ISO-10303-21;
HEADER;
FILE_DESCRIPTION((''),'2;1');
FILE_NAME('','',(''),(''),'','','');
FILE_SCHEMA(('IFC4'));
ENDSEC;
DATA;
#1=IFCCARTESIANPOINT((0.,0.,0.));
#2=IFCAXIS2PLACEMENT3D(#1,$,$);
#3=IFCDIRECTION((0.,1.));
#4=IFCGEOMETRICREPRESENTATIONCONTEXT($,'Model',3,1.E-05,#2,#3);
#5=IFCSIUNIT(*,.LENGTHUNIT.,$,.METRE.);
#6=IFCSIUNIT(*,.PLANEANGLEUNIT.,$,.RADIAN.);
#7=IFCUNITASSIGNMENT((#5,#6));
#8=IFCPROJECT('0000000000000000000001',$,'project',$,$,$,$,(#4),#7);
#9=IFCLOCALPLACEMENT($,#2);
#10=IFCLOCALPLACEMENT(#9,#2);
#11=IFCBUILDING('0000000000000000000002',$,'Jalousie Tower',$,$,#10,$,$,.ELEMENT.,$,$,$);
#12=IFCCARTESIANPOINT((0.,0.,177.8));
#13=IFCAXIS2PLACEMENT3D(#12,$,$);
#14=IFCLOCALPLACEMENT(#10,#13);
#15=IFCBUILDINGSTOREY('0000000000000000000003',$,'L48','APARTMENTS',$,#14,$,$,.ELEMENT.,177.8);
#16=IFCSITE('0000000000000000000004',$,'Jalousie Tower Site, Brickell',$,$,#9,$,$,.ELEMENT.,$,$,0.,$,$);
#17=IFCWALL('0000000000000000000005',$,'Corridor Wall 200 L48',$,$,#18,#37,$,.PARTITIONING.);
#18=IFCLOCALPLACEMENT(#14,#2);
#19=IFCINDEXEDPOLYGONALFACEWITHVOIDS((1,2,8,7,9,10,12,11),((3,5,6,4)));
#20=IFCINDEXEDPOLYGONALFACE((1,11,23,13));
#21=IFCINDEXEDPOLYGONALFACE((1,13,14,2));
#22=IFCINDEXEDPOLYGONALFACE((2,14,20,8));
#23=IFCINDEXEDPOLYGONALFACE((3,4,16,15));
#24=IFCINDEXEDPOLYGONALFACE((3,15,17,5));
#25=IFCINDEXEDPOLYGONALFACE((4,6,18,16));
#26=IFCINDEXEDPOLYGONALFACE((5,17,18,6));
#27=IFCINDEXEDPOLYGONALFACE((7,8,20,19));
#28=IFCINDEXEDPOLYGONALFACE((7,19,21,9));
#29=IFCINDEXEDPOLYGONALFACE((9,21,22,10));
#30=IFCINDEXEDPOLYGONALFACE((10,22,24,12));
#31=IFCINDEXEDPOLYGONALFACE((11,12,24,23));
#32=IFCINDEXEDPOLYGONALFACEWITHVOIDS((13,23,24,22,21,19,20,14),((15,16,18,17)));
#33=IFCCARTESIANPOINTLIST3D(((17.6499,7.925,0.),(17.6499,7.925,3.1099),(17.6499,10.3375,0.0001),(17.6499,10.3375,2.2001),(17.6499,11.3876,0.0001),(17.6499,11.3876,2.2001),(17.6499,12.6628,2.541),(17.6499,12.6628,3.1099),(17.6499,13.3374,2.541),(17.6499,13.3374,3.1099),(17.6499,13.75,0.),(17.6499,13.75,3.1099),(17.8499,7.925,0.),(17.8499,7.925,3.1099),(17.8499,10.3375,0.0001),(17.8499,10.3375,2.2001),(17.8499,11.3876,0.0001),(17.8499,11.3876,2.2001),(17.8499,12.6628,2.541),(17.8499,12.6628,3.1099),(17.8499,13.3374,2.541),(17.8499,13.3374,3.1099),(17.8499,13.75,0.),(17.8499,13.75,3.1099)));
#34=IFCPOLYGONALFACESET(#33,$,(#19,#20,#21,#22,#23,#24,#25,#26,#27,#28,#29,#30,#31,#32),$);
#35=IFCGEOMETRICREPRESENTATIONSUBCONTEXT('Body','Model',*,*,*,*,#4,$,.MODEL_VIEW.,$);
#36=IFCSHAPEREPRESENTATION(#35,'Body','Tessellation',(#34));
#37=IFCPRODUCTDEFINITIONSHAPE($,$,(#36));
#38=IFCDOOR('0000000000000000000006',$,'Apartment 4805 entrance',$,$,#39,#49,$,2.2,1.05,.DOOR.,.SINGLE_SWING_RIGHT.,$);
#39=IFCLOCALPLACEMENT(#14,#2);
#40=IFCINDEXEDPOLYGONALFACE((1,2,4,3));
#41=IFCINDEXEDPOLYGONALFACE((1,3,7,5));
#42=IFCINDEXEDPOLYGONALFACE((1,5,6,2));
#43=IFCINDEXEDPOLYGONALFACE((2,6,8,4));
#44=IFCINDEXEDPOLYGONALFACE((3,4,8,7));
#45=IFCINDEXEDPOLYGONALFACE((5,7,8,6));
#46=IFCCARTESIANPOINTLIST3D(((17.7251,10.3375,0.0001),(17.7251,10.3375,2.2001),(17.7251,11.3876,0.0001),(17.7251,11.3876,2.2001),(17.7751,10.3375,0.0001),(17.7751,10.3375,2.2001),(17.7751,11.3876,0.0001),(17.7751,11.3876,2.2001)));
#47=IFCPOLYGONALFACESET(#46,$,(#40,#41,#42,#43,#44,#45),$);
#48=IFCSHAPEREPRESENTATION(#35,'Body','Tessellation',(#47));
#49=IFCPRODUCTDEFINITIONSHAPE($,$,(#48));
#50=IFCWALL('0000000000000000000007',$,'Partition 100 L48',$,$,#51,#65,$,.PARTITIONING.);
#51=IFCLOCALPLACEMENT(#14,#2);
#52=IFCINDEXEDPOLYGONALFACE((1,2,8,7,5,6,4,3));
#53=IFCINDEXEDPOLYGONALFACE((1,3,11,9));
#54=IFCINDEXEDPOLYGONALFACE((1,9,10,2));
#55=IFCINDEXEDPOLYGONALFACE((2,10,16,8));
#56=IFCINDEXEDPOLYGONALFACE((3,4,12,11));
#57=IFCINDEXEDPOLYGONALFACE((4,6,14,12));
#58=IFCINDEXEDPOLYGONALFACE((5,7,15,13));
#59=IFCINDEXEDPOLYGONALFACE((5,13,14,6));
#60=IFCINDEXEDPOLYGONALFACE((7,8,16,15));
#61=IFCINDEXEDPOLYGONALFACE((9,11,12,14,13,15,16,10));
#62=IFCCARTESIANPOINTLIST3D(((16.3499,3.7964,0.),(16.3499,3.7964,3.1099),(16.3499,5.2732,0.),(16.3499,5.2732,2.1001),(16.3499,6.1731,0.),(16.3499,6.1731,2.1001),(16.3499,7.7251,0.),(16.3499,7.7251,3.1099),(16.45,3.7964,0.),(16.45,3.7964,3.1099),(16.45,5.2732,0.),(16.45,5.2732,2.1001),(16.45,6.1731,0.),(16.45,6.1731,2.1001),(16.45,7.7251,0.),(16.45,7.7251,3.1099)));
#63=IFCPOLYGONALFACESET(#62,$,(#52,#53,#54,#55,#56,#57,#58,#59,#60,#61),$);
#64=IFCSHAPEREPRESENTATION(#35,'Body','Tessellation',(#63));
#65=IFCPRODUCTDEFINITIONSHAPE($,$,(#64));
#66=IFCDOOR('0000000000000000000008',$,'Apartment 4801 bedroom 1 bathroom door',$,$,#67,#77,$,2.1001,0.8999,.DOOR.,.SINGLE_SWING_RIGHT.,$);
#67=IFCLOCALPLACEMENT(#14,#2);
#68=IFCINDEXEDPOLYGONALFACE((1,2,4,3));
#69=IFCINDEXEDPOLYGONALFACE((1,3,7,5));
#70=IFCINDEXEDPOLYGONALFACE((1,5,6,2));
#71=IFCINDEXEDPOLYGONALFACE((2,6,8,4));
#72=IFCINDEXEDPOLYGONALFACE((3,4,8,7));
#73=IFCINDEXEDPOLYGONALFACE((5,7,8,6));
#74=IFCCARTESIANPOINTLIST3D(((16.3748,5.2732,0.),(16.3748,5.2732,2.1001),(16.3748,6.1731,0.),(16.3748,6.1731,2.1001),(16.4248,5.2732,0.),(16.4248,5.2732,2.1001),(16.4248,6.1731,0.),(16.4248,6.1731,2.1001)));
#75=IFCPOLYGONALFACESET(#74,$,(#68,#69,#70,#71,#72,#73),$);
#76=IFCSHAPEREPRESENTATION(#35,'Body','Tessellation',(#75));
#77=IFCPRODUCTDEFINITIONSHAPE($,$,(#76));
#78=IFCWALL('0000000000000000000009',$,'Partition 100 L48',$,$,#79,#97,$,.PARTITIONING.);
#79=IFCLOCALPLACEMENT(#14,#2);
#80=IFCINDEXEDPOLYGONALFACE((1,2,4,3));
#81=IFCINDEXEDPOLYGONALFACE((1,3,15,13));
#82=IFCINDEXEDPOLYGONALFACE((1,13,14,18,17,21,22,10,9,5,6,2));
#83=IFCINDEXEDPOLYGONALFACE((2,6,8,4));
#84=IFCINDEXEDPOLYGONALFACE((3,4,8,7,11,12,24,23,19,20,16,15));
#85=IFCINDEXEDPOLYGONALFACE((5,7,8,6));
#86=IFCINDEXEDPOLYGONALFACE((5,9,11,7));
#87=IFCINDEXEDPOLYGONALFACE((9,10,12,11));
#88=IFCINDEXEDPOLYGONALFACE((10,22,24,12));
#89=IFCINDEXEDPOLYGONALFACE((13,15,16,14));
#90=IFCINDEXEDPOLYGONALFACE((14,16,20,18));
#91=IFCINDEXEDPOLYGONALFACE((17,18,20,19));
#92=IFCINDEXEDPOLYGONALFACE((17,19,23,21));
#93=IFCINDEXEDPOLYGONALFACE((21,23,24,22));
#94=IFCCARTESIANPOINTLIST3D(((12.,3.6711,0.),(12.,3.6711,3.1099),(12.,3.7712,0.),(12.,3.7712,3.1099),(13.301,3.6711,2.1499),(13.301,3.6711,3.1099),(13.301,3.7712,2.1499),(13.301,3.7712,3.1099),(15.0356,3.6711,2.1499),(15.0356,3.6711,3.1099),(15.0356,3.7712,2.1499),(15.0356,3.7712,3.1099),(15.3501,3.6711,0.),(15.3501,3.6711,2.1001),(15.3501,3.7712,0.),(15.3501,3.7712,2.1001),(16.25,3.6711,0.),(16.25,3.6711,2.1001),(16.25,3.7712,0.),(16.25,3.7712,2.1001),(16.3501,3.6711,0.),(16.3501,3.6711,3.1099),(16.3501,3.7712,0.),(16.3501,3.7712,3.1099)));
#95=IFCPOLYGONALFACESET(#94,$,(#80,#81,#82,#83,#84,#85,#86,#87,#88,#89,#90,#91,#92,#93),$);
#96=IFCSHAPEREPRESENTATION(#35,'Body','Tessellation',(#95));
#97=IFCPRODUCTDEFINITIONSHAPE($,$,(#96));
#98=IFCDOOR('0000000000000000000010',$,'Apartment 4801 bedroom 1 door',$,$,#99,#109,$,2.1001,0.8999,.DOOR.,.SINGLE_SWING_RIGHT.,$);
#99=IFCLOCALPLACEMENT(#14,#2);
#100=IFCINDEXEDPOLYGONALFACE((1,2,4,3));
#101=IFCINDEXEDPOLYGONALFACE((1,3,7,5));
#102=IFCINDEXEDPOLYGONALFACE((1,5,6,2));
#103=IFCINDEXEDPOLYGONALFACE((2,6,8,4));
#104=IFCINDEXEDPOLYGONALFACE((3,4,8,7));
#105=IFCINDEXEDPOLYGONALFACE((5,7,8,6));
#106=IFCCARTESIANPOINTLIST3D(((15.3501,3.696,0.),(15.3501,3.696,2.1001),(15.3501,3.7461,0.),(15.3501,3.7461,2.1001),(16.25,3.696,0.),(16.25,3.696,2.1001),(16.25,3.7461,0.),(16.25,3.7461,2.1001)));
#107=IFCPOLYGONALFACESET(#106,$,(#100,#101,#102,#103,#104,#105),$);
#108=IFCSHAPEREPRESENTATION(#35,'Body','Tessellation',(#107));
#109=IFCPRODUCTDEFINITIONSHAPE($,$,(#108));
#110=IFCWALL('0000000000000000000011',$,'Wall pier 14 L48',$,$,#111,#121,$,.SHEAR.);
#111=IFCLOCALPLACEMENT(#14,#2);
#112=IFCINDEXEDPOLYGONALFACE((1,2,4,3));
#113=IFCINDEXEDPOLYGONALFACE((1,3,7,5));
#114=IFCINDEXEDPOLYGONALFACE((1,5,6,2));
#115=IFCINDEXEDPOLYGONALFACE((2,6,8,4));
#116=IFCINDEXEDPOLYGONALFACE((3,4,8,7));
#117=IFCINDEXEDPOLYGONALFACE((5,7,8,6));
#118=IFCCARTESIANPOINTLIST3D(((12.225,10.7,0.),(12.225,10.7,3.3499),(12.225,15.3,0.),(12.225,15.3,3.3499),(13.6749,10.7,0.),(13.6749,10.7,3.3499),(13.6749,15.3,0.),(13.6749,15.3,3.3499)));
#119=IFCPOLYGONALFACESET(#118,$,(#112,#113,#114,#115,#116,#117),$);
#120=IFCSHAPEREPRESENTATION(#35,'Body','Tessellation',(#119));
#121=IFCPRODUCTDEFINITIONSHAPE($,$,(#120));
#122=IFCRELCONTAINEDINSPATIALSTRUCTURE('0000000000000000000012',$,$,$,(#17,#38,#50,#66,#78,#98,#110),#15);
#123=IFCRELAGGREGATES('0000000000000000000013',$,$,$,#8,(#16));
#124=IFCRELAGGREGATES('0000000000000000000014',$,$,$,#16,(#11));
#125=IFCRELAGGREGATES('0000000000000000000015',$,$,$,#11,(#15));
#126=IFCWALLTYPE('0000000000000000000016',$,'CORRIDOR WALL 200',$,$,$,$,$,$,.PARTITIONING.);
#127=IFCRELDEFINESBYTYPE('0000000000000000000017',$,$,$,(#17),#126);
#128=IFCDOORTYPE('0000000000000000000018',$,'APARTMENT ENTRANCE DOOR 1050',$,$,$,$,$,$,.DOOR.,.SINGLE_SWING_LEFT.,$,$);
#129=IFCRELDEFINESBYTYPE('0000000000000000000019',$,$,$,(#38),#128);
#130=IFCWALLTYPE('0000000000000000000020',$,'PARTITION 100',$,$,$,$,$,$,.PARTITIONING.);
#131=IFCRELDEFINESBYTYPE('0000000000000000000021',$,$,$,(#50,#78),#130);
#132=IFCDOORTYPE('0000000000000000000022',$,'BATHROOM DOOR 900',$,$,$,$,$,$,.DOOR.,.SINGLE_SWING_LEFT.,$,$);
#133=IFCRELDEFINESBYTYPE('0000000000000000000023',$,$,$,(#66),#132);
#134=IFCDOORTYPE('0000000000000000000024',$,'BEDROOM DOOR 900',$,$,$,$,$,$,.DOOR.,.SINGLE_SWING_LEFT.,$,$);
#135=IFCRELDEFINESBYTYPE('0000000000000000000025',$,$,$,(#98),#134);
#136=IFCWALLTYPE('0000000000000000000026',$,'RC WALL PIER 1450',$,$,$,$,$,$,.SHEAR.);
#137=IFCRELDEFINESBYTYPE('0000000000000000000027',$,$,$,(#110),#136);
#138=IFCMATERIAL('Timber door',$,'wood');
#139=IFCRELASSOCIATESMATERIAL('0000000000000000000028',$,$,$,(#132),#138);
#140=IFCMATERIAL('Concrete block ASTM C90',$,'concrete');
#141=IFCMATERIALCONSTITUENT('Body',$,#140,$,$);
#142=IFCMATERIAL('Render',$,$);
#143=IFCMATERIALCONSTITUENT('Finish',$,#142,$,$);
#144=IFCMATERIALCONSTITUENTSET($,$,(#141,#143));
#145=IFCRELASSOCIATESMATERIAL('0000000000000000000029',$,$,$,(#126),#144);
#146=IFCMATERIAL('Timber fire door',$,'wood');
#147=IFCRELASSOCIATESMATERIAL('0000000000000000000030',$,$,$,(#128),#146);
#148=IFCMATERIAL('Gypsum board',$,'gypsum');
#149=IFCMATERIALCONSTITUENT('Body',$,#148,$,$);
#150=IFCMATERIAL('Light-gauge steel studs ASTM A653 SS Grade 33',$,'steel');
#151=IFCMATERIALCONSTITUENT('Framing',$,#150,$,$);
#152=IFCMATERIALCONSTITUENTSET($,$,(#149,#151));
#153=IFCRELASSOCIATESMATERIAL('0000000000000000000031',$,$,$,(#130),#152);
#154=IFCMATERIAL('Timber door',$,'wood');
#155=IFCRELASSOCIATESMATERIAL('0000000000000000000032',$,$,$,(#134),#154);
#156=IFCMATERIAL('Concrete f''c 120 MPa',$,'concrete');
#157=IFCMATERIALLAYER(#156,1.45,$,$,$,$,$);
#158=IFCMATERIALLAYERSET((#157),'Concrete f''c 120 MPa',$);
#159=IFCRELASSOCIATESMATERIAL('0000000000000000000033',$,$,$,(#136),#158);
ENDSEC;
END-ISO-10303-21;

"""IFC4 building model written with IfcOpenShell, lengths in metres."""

from ifc_helpers import new_model, si_unit, direction, frame, frame_2d, origin, place, context, subcontext, project, spatial, polyline, rectangle, outline, extrude, material, layer, layer_set, constituent, constituent_set, type_object, element, fill, save


model = new_model("IFC4")

# Units and contexts
model_context = context("Model", 3, precision=1e-05, world=origin(), true_north=direction((0.0, 1.0)))
body_context = subcontext(model_context, "Body", "Model", "MODEL_VIEW")
ifc_project = project(units=[si_unit("LENGTHUNIT", "METRE"), si_unit("PLANEANGLEUNIT", "RADIAN")], contexts=[model_context])

# Site, building, storey
site_placement = place(None, origin())
site = spatial("IfcSite", under=ifc_project, at=site_placement, Name="Jalousie Tower Site, Brickell", CompositionType="ELEMENT", RefElevation=0.0)
building_placement = place(site_placement, origin())
building = spatial("IfcBuilding", under=site, at=building_placement, Name="Jalousie Tower", CompositionType="ELEMENT")
storey_placement = place(building_placement, frame((0.0, 0.0, 177.8)))
storey = spatial("IfcBuildingStorey", under=building, at=storey_placement, Name="L48", Description="APARTMENTS", CompositionType="ELEMENT", Elevation=177.8)

# Shared definitions
ifc_material_1 = material(Name="Timber door", Category="wood")
door_type_1 = type_object("IfcDoorType", Name="BATHROOM DOOR 900", OperationType="SINGLE_SWING_LEFT", PredefinedType="DOOR", material=ifc_material_1)

# Walls, openings, doors
ifc_material_2 = material(Name="Concrete block ASTM C90", Category="concrete")
ifc_constituent_1 = constituent(ifc_material_2, Name="Body")
ifc_material_3 = material(Name="Render")
ifc_constituent_2 = constituent(ifc_material_3, Name="Finish")
ifc_constituent_set_1 = constituent_set(constituents=[ifc_constituent_1, ifc_constituent_2])
wall_type_1 = type_object("IfcWallType", Name="CORRIDOR WALL 200", PredefinedType="PARTITIONING", material=ifc_constituent_set_1)
wall_1_placement = place(storey_placement, frame((17.75, 7.925, 0.0), z_axis=(0.0, 0.0, 1.0), x_axis=(0.0, 1.0, 0.0)))
wall_1 = element("IfcWall", 1, at=wall_1_placement, inside=storey, type_object=wall_type_1, Name="Corridor Wall 200 L48", PredefinedType="PARTITIONING", context=body_context, shape_type="SweptSolid", body=[
    extrude(outline(polyline([(0.0, 0.0), (5.825, 0.0), (5.825, 3.1099), (5.4124, 3.1099), (5.4124, 2.541), (4.7378, 2.541), (4.7378, 3.1099), (0.0, 3.1099), (0.0, 0.0)])), frame((0.0, 0.1001, 0.0), z_axis=(0.0, -1.0, 0.0), x_axis=(1.0, 0.0, 0.0)), (0.0, 0.0, 1.0), 0.2),
])
opening_1_placement = place(wall_1_placement, frame((2.4126, 0.0, 0.0)))
opening_1 = element("IfcOpeningElement", 2, at=opening_1_placement, cuts=wall_1, PredefinedType="OPENING", context=body_context, shape_type="SweptSolid", body=[
    extrude(rectangle(XDim=1.05, YDim=2.2, at=frame_2d((0.5249, 1.1001))), frame((0.0, 0.1099, 0.0), z_axis=(0.0, -1.0, 0.0), x_axis=(1.0, 0.0, 0.0)), (0.0, 0.0, 1.0), 0.22),
])
ifc_material_4 = material(Name="Timber fire door", Category="wood")
door_type_2 = type_object("IfcDoorType", Name="APARTMENT ENTRANCE DOOR 1050", OperationType="SINGLE_SWING_LEFT", PredefinedType="DOOR", material=ifc_material_4)
door_1_placement = place(opening_1_placement, origin())
door_1 = element("IfcDoor", 3, at=door_1_placement, inside=storey, type_object=door_type_2, Name="Apartment 4805 entrance", OperationType="SINGLE_SWING_RIGHT", OverallHeight=2.2, OverallWidth=1.05, PredefinedType="DOOR", context=body_context, shape_type="SweptSolid", body=[
    extrude(rectangle(XDim=1.05, YDim=2.2, at=frame_2d((0.5249, 1.1001))), frame((0.0, 0.0249, 0.0), z_axis=(0.0, -1.0, 0.0), x_axis=(1.0, 0.0, 0.0)), (0.0, 0.0, 1.0), 0.05),
])
fill(opening_1, door_1)
ifc_material_5 = material(Name="Gypsum board", Category="gypsum")
ifc_constituent_3 = constituent(ifc_material_5, Name="Body")
ifc_material_6 = material(Name="Light-gauge steel studs ASTM A653 SS Grade 33", Category="steel")
ifc_constituent_4 = constituent(ifc_material_6, Name="Framing")
ifc_constituent_set_2 = constituent_set(constituents=[ifc_constituent_3, ifc_constituent_4])
wall_type_2 = type_object("IfcWallType", Name="PARTITION 100", PredefinedType="PARTITIONING", material=ifc_constituent_set_2)
wall_2_placement = place(storey_placement, frame((16.3999, 3.7964, 0.0), z_axis=(0.0, 0.0, 1.0), x_axis=(0.0, 1.0, 0.0)))
wall_2 = element("IfcWall", 4, at=wall_2_placement, inside=storey, type_object=wall_type_2, Name="Partition 100 L48", PredefinedType="PARTITIONING", context=body_context, shape_type="SweptSolid", body=[
    extrude(rectangle(XDim=3.9287, YDim=0.1001, at=frame_2d((1.9644, 0.0))), origin(), (0.0, 0.0, 1.0), 3.1099),
])
opening_2_placement = place(wall_2_placement, frame((1.4768, 0.0, 0.0)))
opening_2 = element("IfcOpeningElement", 5, at=opening_2_placement, cuts=wall_2, PredefinedType="OPENING", context=body_context, shape_type="SweptSolid", body=[
    extrude(rectangle(XDim=0.8999, YDim=2.1001, at=frame_2d((0.45, 1.05))), frame((0.0, 0.0601, 0.0), z_axis=(0.0, -1.0, 0.0), x_axis=(1.0, 0.0, 0.0)), (0.0, 0.0, 1.0), 0.1201),
])
door_2_placement = place(opening_2_placement, frame((0.8999, 0.0, 0.0), z_axis=(0.0, 0.0, 1.0), x_axis=(-1.0, 0.0, 0.0)))
door_2 = element("IfcDoor", 6, at=door_2_placement, inside=storey, type_object=door_type_1, Name="Apartment 4801 bedroom 1 bathroom door", OperationType="SINGLE_SWING_RIGHT", OverallHeight=2.1001, OverallWidth=0.8999, PredefinedType="DOOR", context=body_context, shape_type="SweptSolid", body=[
    extrude(rectangle(XDim=0.8999, YDim=2.1001, at=frame_2d((0.45, 1.05))), frame((0.0, 0.0249, 0.0), z_axis=(0.0, -1.0, 0.0), x_axis=(1.0, 0.0, 0.0)), (0.0, 0.0, 1.0), 0.05),
])
fill(opening_2, door_2)
wall_3_placement = place(storey_placement, frame((16.3501, 3.7212, 0.0), z_axis=(0.0, 0.0, 1.0), x_axis=(-1.0, 0.0, 0.0)))
wall_3 = element("IfcWall", 7, at=wall_3_placement, inside=storey, type_object=wall_type_2, Name="Partition 100 L48", PredefinedType="PARTITIONING", context=body_context, shape_type="SweptSolid", body=[
    extrude(outline(polyline([(0.0, 0.0), (4.3501, 0.0), (4.3501, 3.1099), (3.0491, 3.1099), (3.0491, 2.1499), (1.3145, 2.1499), (1.3145, 3.1099), (0.0, 3.1099), (0.0, 0.0)])), frame((0.0, 0.05, 0.0), z_axis=(0.0, -1.0, 0.0), x_axis=(1.0, 0.0, 0.0)), (0.0, 0.0, 1.0), 0.1001),
])
opening_3_placement = place(wall_3_placement, frame((0.1001, 0.0, 0.0)))
opening_3 = element("IfcOpeningElement", 8, at=opening_3_placement, cuts=wall_3, PredefinedType="OPENING", context=body_context, shape_type="SweptSolid", body=[
    extrude(rectangle(XDim=0.8999, YDim=2.1001, at=frame_2d((0.45, 1.05))), frame((0.0, 0.0601, 0.0), z_axis=(0.0, -1.0, 0.0), x_axis=(1.0, 0.0, 0.0)), (0.0, 0.0, 1.0), 0.1201),
])
ifc_material_7 = material(Name="Timber door", Category="wood")
door_type_3 = type_object("IfcDoorType", Name="BEDROOM DOOR 900", OperationType="SINGLE_SWING_LEFT", PredefinedType="DOOR", material=ifc_material_7)
door_3_placement = place(opening_3_placement, frame((0.8999, 0.0, 0.0), z_axis=(0.0, 0.0, 1.0), x_axis=(-1.0, 0.0, 0.0)))
door_3 = element("IfcDoor", 9, at=door_3_placement, inside=storey, type_object=door_type_3, Name="Apartment 4801 bedroom 1 door", OperationType="SINGLE_SWING_RIGHT", OverallHeight=2.1001, OverallWidth=0.8999, PredefinedType="DOOR", context=body_context, shape_type="SweptSolid", body=[
    extrude(rectangle(XDim=0.8999, YDim=2.1001, at=frame_2d((0.45, 1.05))), frame((0.0, 0.0249, 0.0), z_axis=(0.0, -1.0, 0.0), x_axis=(1.0, 0.0, 0.0)), (0.0, 0.0, 1.0), 0.05),
])
fill(opening_3, door_3)

# Wall
ifc_material_8 = material(Name="Concrete f'c 120 MPa", Category="concrete")
ifc_layer = layer(ifc_material_8, 1.45)
ifc_layer_set = layer_set([ifc_layer], Name="Concrete f'c 120 MPa")
wall_type_3 = type_object("IfcWallType", Name="RC WALL PIER 1450", PredefinedType="SHEAR", material=ifc_layer_set)
wall_4_placement = place(storey_placement, frame((12.95, 10.7, 0.0), z_axis=(0.0, 0.0, 1.0), x_axis=(0.0, 1.0, 0.0)))
element("IfcWall", 10, at=wall_4_placement, inside=storey, type_object=wall_type_3, Name="Wall pier 14 L48", PredefinedType="SHEAR", context=body_context, shape_type="SweptSolid", body=[
    extrude(rectangle(XDim=4.6001, YDim=1.45, at=frame_2d((2.3, 0.0))), origin(), (0.0, 0.0, 1.0), 3.3499),
])

save(model, "model.ifc")
